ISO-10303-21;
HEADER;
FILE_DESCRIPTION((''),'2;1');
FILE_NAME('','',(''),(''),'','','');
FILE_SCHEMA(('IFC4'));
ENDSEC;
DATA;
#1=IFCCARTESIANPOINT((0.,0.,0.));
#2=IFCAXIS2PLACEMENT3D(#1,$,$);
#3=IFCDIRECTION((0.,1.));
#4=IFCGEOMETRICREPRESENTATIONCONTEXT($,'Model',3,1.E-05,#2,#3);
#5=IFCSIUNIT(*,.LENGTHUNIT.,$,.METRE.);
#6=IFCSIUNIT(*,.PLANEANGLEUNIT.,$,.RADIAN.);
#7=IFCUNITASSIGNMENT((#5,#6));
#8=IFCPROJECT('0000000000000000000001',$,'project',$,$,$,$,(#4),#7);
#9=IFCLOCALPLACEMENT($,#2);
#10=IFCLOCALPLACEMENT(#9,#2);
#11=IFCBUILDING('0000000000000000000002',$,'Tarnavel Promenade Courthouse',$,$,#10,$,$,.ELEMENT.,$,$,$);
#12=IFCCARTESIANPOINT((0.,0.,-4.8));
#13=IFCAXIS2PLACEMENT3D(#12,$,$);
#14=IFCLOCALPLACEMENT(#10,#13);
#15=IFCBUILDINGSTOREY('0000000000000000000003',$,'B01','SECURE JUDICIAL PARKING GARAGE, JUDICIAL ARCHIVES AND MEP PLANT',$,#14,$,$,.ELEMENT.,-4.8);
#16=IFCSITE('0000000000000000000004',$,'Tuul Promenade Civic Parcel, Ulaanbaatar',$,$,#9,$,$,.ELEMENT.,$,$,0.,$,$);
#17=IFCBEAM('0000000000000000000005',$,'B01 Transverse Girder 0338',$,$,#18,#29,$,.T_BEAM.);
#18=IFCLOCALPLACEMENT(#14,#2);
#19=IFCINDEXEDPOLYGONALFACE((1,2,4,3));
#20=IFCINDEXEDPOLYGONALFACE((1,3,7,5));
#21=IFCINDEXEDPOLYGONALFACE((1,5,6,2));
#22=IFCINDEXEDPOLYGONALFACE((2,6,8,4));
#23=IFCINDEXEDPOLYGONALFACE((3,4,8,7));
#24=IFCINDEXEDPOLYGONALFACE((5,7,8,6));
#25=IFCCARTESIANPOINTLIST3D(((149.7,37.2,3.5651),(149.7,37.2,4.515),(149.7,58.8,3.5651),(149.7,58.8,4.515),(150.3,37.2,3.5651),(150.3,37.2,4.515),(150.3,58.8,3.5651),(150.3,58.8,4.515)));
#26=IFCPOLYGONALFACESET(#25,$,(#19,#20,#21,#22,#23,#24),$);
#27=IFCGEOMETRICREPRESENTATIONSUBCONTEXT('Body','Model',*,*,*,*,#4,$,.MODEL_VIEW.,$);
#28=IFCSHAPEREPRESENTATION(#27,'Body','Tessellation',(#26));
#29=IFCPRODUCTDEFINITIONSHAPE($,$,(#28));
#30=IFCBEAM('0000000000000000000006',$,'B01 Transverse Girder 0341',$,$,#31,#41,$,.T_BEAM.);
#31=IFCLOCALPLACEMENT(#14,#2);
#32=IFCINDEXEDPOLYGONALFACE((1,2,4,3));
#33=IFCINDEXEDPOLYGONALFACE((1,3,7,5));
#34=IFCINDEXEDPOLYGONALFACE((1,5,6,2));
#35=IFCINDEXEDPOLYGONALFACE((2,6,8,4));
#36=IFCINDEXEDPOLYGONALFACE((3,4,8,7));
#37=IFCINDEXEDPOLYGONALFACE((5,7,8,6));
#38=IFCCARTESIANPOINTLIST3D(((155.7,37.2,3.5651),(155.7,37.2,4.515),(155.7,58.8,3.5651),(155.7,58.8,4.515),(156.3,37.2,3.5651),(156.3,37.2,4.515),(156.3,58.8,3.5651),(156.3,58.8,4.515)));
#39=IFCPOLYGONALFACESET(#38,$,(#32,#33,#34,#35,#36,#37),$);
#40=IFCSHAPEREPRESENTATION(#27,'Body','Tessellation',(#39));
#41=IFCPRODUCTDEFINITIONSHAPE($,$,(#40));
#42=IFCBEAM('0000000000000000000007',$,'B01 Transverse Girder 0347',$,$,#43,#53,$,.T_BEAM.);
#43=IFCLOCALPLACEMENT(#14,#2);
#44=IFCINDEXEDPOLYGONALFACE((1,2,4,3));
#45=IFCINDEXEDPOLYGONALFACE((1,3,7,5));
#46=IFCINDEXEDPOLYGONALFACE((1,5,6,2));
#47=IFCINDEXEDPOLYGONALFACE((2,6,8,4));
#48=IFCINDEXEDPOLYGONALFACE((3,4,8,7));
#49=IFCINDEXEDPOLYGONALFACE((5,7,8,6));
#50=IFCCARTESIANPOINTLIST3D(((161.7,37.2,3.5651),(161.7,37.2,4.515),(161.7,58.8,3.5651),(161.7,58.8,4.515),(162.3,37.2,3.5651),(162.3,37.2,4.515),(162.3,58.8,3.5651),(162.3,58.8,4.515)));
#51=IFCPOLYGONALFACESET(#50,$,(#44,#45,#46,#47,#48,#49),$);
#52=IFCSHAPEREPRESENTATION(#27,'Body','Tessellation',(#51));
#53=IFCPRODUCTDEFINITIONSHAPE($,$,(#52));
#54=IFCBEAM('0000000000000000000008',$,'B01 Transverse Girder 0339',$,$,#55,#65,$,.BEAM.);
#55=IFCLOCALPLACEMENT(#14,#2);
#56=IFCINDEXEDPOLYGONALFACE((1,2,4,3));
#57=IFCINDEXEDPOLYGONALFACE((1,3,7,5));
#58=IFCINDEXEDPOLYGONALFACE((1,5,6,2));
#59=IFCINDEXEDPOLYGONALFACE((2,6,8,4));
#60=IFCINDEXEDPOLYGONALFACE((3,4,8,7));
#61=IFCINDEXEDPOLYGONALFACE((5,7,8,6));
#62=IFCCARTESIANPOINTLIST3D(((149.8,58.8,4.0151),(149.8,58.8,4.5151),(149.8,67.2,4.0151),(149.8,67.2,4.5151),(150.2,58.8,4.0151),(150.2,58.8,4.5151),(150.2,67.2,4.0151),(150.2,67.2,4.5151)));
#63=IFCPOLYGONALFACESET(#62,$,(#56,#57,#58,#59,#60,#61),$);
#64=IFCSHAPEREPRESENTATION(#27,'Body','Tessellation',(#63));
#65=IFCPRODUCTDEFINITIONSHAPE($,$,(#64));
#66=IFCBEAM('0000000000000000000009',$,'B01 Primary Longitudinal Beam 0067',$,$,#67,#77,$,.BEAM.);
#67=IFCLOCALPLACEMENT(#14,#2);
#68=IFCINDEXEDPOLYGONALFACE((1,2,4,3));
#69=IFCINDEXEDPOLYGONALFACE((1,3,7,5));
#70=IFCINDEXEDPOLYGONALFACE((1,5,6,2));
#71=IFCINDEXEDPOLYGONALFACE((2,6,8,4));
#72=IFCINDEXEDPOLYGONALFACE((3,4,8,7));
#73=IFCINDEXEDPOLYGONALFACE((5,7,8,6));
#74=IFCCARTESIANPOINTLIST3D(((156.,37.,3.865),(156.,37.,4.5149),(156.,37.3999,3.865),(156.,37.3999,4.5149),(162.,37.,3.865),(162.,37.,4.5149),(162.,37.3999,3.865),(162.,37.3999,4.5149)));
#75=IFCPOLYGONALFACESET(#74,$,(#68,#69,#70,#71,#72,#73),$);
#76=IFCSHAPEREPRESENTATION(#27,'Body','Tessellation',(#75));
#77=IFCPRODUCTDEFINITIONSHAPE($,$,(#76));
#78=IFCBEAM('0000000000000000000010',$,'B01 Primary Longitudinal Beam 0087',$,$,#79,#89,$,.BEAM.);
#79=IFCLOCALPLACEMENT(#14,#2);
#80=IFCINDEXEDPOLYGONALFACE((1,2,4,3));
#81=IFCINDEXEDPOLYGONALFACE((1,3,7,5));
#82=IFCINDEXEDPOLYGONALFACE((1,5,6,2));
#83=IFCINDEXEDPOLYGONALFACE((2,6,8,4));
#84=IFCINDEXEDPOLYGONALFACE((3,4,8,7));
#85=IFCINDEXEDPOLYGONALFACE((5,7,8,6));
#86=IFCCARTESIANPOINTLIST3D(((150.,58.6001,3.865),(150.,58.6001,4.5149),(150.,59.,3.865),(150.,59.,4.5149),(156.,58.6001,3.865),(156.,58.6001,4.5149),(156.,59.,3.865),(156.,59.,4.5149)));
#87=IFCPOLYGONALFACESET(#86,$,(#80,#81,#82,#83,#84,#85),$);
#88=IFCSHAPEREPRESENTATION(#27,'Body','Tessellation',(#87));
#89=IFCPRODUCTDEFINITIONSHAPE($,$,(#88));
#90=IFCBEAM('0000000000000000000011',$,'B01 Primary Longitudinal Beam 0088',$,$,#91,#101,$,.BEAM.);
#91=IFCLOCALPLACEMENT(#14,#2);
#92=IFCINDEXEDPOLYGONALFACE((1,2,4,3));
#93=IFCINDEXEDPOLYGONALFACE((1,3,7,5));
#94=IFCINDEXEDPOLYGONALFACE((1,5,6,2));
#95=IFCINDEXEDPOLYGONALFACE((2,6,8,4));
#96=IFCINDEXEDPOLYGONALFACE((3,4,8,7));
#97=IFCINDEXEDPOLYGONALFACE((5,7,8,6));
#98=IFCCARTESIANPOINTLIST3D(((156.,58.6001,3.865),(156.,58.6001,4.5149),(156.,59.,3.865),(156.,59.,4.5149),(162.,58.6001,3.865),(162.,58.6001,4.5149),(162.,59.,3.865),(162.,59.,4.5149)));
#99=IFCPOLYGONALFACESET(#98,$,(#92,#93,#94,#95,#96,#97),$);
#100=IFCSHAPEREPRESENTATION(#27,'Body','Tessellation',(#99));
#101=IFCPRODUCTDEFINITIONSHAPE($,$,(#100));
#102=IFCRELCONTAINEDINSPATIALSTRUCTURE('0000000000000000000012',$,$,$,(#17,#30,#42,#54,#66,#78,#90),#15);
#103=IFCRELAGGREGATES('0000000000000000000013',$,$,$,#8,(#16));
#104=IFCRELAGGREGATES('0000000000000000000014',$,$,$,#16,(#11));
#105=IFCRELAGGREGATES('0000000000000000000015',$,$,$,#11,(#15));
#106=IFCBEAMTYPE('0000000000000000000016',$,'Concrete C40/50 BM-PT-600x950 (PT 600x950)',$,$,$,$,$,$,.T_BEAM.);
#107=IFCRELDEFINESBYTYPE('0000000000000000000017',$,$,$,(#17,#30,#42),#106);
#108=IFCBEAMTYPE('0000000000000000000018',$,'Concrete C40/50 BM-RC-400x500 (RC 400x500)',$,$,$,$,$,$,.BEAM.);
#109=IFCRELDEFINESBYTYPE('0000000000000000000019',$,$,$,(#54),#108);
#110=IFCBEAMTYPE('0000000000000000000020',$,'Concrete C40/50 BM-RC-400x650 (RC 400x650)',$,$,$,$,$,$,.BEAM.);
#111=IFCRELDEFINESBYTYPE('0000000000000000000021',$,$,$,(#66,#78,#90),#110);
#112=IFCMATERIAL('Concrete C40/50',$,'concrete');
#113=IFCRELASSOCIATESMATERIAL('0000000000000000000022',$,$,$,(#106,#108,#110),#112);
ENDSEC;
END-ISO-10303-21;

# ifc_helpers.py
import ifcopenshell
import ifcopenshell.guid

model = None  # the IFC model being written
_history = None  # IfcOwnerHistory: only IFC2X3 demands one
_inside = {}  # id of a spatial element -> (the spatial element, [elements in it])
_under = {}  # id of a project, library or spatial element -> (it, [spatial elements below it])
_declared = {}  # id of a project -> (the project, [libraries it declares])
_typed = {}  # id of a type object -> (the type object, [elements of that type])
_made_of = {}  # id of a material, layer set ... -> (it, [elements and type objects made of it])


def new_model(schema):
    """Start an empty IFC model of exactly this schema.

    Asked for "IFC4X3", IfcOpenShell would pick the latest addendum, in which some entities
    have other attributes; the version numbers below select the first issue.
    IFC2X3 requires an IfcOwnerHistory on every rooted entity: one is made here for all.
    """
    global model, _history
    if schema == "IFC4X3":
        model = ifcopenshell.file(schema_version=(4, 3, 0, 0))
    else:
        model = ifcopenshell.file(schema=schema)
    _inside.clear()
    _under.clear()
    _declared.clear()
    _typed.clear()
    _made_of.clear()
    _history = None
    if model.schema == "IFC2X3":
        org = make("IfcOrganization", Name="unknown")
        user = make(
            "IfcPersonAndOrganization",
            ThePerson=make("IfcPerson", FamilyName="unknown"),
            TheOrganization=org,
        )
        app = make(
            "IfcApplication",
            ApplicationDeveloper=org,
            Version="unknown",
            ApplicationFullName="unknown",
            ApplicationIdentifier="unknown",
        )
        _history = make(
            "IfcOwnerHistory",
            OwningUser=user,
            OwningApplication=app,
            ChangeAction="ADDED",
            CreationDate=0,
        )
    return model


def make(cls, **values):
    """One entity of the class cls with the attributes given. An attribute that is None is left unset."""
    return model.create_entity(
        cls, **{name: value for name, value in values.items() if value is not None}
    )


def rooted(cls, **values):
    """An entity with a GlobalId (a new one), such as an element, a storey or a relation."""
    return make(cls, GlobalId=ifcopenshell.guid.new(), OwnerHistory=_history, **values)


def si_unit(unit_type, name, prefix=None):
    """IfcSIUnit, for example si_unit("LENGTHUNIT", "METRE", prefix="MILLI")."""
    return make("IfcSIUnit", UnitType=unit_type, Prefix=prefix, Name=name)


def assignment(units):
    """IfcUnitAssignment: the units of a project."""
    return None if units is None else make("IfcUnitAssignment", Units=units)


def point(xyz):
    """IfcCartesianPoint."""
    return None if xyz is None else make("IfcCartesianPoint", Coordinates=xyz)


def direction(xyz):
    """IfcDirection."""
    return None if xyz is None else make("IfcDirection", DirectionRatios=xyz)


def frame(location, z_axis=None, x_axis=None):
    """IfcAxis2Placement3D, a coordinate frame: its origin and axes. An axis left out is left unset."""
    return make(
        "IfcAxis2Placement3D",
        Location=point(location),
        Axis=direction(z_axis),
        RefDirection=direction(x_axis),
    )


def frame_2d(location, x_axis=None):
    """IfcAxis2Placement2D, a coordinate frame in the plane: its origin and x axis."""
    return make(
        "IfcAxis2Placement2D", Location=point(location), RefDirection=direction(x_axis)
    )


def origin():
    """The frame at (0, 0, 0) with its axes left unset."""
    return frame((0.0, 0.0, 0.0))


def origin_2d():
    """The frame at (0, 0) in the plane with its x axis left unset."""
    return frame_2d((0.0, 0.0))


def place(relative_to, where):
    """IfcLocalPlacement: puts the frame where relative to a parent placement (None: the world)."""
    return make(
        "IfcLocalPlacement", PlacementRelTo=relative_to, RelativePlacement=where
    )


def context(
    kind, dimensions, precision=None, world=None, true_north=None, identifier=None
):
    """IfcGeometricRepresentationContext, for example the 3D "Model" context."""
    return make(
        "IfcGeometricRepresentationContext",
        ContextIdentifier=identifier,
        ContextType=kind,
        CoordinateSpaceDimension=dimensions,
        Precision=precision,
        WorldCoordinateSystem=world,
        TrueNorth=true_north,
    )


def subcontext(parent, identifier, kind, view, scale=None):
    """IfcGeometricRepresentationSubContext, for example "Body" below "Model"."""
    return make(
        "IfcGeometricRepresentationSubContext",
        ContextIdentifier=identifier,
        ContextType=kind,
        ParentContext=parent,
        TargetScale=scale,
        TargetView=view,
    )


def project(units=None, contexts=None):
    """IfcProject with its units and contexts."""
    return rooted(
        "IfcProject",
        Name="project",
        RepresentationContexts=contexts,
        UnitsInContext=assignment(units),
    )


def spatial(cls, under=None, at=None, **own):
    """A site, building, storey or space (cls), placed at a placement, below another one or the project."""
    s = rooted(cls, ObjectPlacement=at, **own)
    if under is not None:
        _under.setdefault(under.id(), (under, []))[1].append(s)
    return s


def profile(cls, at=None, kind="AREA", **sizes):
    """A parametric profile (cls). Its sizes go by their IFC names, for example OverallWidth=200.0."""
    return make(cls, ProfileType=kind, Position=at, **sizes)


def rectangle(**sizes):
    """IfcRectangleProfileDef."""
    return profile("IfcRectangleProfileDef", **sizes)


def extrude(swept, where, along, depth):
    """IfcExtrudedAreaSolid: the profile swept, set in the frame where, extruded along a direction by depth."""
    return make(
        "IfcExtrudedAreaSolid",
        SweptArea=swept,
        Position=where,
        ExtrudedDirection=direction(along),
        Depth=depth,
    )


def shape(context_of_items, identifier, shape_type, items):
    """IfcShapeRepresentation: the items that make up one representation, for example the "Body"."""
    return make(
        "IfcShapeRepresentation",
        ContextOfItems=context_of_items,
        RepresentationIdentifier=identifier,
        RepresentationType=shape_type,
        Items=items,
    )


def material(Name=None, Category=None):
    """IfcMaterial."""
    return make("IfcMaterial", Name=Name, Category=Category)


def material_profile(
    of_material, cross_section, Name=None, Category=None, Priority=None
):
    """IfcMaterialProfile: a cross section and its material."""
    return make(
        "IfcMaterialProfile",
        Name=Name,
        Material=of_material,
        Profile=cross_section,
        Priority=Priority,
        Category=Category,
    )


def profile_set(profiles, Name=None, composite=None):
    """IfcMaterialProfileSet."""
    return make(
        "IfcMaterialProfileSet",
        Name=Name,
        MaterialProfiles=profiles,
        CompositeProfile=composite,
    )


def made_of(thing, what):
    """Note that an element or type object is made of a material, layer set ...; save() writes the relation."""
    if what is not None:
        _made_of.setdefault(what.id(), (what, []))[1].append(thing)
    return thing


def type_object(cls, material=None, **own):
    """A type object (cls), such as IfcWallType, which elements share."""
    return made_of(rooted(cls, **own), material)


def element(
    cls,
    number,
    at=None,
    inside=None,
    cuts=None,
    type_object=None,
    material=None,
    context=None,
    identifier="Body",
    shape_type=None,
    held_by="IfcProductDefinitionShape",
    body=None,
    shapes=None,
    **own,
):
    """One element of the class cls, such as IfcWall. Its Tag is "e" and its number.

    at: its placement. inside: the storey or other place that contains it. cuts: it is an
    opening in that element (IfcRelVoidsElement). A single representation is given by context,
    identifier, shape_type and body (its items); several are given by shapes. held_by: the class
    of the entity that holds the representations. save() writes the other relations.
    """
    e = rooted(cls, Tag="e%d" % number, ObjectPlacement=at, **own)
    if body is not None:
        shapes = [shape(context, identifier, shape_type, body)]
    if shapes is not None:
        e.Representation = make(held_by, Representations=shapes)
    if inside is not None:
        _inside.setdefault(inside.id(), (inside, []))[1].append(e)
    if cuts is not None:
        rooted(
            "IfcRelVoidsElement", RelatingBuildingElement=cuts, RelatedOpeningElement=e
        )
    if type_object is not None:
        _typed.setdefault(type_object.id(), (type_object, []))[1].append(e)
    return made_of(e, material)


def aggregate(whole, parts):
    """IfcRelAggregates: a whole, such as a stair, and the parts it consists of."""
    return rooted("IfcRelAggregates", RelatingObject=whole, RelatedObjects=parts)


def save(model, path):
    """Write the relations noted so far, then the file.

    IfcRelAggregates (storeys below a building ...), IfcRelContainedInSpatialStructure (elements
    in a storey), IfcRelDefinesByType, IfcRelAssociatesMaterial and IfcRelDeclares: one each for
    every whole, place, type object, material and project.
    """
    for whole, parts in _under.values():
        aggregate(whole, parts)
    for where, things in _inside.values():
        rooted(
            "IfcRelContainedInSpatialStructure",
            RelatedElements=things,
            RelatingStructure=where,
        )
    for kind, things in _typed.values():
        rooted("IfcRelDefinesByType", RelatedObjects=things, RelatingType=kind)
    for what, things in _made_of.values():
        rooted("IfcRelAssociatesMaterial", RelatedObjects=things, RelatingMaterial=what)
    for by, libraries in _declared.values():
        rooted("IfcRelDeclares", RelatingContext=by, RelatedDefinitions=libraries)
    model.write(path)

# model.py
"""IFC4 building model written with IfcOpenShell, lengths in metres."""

from ifc_helpers import new_model, si_unit, direction, frame, origin, origin_2d, place, context, subcontext, project, spatial, rectangle, extrude, material, material_profile, profile_set, type_object, element, save


model = new_model("IFC4")

# Units and contexts
model_context = context("Model", 3, precision=1e-05, world=origin(), true_north=direction((0.0, 1.0)))
body_context = subcontext(model_context, "Body", "Model", "MODEL_VIEW")
ifc_project = project(units=[si_unit("LENGTHUNIT", "METRE"), si_unit("PLANEANGLEUNIT", "RADIAN")], contexts=[model_context])

# Site, building, storey
site_placement = place(None, origin())
site = spatial("IfcSite", under=ifc_project, at=site_placement, Name="Tuul Promenade Civic Parcel, Ulaanbaatar", CompositionType="ELEMENT", RefElevation=0.0)
building_placement = place(site_placement, origin())
building = spatial("IfcBuilding", under=site, at=building_placement, Name="Tarnavel Promenade Courthouse", CompositionType="ELEMENT")
storey_placement = place(building_placement, frame((0.0, 0.0, -4.8)))
storey = spatial("IfcBuildingStorey", under=building, at=storey_placement, Name="B01", Description="SECURE JUDICIAL PARKING GARAGE, JUDICIAL ARCHIVES AND MEP PLANT", CompositionType="ELEMENT", Elevation=-4.8)

# Shared definitions
ifc_material_1 = material(Name="Concrete C40/50", Category="concrete")

# Beams
ifc_material_profile_1 = material_profile(ifc_material_1, rectangle(XDim=0.6001, YDim=0.95, at=origin_2d()), Name="PT 600x950")
ifc_profile_set_1 = profile_set([ifc_material_profile_1], Name="Concrete C40/50")
beam_type_1 = type_object("IfcBeamType", Name="Concrete C40/50 BM-PT-600x950 (PT 600x950)", PredefinedType="T_BEAM", material=ifc_profile_set_1)
for number, where, z_axis, x_axis, name in (
    (1, (150.0, 37.2, 4.04), (0.0, 1.0, 0.0), (-1.0, 0.0, 0.0), "B01 Transverse Girder 0338"),
    (2, (156.0, 37.2, 4.04), (0.0, 1.0, 0.0), (-1.0, 0.0, 0.0), "B01 Transverse Girder 0341"),
    (3, (162.0, 37.2, 4.04), (0.0, 1.0, 0.0), (-1.0, 0.0, 0.0), "B01 Transverse Girder 0347"),
):
    element("IfcBeam", number, at=place(storey_placement, frame(where, z_axis=z_axis, x_axis=x_axis)), inside=storey, type_object=beam_type_1, Name=name, PredefinedType="T_BEAM", context=body_context, shape_type="SweptSolid", body=[
        extrude(rectangle(XDim=0.6001, YDim=0.95, at=origin_2d()), origin(), (0.0, 0.0, 1.0), 21.6001),
    ])
ifc_material_profile_2 = material_profile(ifc_material_1, rectangle(XDim=0.3999, YDim=0.5, at=origin_2d()), Name="RC 400x500")
ifc_profile_set_2 = profile_set([ifc_material_profile_2], Name="Concrete C40/50")
beam_type_2 = type_object("IfcBeamType", Name="Concrete C40/50 BM-RC-400x500 (RC 400x500)", PredefinedType="BEAM", material=ifc_profile_set_2)
beam_placement = place(storey_placement, frame((150.0, 58.8, 4.2651), z_axis=(0.0, 1.0, 0.0), x_axis=(-1.0, 0.0, 0.0)))
element("IfcBeam", 4, at=beam_placement, inside=storey, type_object=beam_type_2, Name="B01 Transverse Girder 0339", PredefinedType="BEAM", context=body_context, shape_type="SweptSolid", body=[
    extrude(rectangle(XDim=0.3999, YDim=0.5, at=origin_2d()), origin(), (0.0, 0.0, 1.0), 8.3999),
])
ifc_material_profile_3 = material_profile(ifc_material_1, rectangle(XDim=0.3999, YDim=0.6499, at=origin_2d()), Name="RC 400x650")
ifc_profile_set_3 = profile_set([ifc_material_profile_3], Name="Concrete C40/50")
beam_type_3 = type_object("IfcBeamType", Name="Concrete C40/50 BM-RC-400x650 (RC 400x650)", PredefinedType="BEAM", material=ifc_profile_set_3)
for number, where, z_axis, x_axis, name in (
    (5, (156.0, 37.2, 4.1899), (1.0, 0.0, 0.0), (0.0, 1.0, 0.0), "B01 Primary Longitudinal Beam 0067"),
    (6, (150.0, 58.8, 4.1899), (1.0, 0.0, 0.0), (0.0, 1.0, 0.0), "B01 Primary Longitudinal Beam 0087"),
    (7, (156.0, 58.8, 4.1899), (1.0, 0.0, 0.0), (0.0, 1.0, 0.0), "B01 Primary Longitudinal Beam 0088"),
):
    element("IfcBeam", number, at=place(storey_placement, frame(where, z_axis=z_axis, x_axis=x_axis)), inside=storey, type_object=beam_type_3, Name=name, PredefinedType="BEAM", context=body_context, shape_type="SweptSolid", body=[
        extrude(rectangle(XDim=0.3999, YDim=0.6499, at=origin_2d()), origin(), (0.0, 0.0, 1.0), 6.0),
    ])

save(model, "model.ifc")
